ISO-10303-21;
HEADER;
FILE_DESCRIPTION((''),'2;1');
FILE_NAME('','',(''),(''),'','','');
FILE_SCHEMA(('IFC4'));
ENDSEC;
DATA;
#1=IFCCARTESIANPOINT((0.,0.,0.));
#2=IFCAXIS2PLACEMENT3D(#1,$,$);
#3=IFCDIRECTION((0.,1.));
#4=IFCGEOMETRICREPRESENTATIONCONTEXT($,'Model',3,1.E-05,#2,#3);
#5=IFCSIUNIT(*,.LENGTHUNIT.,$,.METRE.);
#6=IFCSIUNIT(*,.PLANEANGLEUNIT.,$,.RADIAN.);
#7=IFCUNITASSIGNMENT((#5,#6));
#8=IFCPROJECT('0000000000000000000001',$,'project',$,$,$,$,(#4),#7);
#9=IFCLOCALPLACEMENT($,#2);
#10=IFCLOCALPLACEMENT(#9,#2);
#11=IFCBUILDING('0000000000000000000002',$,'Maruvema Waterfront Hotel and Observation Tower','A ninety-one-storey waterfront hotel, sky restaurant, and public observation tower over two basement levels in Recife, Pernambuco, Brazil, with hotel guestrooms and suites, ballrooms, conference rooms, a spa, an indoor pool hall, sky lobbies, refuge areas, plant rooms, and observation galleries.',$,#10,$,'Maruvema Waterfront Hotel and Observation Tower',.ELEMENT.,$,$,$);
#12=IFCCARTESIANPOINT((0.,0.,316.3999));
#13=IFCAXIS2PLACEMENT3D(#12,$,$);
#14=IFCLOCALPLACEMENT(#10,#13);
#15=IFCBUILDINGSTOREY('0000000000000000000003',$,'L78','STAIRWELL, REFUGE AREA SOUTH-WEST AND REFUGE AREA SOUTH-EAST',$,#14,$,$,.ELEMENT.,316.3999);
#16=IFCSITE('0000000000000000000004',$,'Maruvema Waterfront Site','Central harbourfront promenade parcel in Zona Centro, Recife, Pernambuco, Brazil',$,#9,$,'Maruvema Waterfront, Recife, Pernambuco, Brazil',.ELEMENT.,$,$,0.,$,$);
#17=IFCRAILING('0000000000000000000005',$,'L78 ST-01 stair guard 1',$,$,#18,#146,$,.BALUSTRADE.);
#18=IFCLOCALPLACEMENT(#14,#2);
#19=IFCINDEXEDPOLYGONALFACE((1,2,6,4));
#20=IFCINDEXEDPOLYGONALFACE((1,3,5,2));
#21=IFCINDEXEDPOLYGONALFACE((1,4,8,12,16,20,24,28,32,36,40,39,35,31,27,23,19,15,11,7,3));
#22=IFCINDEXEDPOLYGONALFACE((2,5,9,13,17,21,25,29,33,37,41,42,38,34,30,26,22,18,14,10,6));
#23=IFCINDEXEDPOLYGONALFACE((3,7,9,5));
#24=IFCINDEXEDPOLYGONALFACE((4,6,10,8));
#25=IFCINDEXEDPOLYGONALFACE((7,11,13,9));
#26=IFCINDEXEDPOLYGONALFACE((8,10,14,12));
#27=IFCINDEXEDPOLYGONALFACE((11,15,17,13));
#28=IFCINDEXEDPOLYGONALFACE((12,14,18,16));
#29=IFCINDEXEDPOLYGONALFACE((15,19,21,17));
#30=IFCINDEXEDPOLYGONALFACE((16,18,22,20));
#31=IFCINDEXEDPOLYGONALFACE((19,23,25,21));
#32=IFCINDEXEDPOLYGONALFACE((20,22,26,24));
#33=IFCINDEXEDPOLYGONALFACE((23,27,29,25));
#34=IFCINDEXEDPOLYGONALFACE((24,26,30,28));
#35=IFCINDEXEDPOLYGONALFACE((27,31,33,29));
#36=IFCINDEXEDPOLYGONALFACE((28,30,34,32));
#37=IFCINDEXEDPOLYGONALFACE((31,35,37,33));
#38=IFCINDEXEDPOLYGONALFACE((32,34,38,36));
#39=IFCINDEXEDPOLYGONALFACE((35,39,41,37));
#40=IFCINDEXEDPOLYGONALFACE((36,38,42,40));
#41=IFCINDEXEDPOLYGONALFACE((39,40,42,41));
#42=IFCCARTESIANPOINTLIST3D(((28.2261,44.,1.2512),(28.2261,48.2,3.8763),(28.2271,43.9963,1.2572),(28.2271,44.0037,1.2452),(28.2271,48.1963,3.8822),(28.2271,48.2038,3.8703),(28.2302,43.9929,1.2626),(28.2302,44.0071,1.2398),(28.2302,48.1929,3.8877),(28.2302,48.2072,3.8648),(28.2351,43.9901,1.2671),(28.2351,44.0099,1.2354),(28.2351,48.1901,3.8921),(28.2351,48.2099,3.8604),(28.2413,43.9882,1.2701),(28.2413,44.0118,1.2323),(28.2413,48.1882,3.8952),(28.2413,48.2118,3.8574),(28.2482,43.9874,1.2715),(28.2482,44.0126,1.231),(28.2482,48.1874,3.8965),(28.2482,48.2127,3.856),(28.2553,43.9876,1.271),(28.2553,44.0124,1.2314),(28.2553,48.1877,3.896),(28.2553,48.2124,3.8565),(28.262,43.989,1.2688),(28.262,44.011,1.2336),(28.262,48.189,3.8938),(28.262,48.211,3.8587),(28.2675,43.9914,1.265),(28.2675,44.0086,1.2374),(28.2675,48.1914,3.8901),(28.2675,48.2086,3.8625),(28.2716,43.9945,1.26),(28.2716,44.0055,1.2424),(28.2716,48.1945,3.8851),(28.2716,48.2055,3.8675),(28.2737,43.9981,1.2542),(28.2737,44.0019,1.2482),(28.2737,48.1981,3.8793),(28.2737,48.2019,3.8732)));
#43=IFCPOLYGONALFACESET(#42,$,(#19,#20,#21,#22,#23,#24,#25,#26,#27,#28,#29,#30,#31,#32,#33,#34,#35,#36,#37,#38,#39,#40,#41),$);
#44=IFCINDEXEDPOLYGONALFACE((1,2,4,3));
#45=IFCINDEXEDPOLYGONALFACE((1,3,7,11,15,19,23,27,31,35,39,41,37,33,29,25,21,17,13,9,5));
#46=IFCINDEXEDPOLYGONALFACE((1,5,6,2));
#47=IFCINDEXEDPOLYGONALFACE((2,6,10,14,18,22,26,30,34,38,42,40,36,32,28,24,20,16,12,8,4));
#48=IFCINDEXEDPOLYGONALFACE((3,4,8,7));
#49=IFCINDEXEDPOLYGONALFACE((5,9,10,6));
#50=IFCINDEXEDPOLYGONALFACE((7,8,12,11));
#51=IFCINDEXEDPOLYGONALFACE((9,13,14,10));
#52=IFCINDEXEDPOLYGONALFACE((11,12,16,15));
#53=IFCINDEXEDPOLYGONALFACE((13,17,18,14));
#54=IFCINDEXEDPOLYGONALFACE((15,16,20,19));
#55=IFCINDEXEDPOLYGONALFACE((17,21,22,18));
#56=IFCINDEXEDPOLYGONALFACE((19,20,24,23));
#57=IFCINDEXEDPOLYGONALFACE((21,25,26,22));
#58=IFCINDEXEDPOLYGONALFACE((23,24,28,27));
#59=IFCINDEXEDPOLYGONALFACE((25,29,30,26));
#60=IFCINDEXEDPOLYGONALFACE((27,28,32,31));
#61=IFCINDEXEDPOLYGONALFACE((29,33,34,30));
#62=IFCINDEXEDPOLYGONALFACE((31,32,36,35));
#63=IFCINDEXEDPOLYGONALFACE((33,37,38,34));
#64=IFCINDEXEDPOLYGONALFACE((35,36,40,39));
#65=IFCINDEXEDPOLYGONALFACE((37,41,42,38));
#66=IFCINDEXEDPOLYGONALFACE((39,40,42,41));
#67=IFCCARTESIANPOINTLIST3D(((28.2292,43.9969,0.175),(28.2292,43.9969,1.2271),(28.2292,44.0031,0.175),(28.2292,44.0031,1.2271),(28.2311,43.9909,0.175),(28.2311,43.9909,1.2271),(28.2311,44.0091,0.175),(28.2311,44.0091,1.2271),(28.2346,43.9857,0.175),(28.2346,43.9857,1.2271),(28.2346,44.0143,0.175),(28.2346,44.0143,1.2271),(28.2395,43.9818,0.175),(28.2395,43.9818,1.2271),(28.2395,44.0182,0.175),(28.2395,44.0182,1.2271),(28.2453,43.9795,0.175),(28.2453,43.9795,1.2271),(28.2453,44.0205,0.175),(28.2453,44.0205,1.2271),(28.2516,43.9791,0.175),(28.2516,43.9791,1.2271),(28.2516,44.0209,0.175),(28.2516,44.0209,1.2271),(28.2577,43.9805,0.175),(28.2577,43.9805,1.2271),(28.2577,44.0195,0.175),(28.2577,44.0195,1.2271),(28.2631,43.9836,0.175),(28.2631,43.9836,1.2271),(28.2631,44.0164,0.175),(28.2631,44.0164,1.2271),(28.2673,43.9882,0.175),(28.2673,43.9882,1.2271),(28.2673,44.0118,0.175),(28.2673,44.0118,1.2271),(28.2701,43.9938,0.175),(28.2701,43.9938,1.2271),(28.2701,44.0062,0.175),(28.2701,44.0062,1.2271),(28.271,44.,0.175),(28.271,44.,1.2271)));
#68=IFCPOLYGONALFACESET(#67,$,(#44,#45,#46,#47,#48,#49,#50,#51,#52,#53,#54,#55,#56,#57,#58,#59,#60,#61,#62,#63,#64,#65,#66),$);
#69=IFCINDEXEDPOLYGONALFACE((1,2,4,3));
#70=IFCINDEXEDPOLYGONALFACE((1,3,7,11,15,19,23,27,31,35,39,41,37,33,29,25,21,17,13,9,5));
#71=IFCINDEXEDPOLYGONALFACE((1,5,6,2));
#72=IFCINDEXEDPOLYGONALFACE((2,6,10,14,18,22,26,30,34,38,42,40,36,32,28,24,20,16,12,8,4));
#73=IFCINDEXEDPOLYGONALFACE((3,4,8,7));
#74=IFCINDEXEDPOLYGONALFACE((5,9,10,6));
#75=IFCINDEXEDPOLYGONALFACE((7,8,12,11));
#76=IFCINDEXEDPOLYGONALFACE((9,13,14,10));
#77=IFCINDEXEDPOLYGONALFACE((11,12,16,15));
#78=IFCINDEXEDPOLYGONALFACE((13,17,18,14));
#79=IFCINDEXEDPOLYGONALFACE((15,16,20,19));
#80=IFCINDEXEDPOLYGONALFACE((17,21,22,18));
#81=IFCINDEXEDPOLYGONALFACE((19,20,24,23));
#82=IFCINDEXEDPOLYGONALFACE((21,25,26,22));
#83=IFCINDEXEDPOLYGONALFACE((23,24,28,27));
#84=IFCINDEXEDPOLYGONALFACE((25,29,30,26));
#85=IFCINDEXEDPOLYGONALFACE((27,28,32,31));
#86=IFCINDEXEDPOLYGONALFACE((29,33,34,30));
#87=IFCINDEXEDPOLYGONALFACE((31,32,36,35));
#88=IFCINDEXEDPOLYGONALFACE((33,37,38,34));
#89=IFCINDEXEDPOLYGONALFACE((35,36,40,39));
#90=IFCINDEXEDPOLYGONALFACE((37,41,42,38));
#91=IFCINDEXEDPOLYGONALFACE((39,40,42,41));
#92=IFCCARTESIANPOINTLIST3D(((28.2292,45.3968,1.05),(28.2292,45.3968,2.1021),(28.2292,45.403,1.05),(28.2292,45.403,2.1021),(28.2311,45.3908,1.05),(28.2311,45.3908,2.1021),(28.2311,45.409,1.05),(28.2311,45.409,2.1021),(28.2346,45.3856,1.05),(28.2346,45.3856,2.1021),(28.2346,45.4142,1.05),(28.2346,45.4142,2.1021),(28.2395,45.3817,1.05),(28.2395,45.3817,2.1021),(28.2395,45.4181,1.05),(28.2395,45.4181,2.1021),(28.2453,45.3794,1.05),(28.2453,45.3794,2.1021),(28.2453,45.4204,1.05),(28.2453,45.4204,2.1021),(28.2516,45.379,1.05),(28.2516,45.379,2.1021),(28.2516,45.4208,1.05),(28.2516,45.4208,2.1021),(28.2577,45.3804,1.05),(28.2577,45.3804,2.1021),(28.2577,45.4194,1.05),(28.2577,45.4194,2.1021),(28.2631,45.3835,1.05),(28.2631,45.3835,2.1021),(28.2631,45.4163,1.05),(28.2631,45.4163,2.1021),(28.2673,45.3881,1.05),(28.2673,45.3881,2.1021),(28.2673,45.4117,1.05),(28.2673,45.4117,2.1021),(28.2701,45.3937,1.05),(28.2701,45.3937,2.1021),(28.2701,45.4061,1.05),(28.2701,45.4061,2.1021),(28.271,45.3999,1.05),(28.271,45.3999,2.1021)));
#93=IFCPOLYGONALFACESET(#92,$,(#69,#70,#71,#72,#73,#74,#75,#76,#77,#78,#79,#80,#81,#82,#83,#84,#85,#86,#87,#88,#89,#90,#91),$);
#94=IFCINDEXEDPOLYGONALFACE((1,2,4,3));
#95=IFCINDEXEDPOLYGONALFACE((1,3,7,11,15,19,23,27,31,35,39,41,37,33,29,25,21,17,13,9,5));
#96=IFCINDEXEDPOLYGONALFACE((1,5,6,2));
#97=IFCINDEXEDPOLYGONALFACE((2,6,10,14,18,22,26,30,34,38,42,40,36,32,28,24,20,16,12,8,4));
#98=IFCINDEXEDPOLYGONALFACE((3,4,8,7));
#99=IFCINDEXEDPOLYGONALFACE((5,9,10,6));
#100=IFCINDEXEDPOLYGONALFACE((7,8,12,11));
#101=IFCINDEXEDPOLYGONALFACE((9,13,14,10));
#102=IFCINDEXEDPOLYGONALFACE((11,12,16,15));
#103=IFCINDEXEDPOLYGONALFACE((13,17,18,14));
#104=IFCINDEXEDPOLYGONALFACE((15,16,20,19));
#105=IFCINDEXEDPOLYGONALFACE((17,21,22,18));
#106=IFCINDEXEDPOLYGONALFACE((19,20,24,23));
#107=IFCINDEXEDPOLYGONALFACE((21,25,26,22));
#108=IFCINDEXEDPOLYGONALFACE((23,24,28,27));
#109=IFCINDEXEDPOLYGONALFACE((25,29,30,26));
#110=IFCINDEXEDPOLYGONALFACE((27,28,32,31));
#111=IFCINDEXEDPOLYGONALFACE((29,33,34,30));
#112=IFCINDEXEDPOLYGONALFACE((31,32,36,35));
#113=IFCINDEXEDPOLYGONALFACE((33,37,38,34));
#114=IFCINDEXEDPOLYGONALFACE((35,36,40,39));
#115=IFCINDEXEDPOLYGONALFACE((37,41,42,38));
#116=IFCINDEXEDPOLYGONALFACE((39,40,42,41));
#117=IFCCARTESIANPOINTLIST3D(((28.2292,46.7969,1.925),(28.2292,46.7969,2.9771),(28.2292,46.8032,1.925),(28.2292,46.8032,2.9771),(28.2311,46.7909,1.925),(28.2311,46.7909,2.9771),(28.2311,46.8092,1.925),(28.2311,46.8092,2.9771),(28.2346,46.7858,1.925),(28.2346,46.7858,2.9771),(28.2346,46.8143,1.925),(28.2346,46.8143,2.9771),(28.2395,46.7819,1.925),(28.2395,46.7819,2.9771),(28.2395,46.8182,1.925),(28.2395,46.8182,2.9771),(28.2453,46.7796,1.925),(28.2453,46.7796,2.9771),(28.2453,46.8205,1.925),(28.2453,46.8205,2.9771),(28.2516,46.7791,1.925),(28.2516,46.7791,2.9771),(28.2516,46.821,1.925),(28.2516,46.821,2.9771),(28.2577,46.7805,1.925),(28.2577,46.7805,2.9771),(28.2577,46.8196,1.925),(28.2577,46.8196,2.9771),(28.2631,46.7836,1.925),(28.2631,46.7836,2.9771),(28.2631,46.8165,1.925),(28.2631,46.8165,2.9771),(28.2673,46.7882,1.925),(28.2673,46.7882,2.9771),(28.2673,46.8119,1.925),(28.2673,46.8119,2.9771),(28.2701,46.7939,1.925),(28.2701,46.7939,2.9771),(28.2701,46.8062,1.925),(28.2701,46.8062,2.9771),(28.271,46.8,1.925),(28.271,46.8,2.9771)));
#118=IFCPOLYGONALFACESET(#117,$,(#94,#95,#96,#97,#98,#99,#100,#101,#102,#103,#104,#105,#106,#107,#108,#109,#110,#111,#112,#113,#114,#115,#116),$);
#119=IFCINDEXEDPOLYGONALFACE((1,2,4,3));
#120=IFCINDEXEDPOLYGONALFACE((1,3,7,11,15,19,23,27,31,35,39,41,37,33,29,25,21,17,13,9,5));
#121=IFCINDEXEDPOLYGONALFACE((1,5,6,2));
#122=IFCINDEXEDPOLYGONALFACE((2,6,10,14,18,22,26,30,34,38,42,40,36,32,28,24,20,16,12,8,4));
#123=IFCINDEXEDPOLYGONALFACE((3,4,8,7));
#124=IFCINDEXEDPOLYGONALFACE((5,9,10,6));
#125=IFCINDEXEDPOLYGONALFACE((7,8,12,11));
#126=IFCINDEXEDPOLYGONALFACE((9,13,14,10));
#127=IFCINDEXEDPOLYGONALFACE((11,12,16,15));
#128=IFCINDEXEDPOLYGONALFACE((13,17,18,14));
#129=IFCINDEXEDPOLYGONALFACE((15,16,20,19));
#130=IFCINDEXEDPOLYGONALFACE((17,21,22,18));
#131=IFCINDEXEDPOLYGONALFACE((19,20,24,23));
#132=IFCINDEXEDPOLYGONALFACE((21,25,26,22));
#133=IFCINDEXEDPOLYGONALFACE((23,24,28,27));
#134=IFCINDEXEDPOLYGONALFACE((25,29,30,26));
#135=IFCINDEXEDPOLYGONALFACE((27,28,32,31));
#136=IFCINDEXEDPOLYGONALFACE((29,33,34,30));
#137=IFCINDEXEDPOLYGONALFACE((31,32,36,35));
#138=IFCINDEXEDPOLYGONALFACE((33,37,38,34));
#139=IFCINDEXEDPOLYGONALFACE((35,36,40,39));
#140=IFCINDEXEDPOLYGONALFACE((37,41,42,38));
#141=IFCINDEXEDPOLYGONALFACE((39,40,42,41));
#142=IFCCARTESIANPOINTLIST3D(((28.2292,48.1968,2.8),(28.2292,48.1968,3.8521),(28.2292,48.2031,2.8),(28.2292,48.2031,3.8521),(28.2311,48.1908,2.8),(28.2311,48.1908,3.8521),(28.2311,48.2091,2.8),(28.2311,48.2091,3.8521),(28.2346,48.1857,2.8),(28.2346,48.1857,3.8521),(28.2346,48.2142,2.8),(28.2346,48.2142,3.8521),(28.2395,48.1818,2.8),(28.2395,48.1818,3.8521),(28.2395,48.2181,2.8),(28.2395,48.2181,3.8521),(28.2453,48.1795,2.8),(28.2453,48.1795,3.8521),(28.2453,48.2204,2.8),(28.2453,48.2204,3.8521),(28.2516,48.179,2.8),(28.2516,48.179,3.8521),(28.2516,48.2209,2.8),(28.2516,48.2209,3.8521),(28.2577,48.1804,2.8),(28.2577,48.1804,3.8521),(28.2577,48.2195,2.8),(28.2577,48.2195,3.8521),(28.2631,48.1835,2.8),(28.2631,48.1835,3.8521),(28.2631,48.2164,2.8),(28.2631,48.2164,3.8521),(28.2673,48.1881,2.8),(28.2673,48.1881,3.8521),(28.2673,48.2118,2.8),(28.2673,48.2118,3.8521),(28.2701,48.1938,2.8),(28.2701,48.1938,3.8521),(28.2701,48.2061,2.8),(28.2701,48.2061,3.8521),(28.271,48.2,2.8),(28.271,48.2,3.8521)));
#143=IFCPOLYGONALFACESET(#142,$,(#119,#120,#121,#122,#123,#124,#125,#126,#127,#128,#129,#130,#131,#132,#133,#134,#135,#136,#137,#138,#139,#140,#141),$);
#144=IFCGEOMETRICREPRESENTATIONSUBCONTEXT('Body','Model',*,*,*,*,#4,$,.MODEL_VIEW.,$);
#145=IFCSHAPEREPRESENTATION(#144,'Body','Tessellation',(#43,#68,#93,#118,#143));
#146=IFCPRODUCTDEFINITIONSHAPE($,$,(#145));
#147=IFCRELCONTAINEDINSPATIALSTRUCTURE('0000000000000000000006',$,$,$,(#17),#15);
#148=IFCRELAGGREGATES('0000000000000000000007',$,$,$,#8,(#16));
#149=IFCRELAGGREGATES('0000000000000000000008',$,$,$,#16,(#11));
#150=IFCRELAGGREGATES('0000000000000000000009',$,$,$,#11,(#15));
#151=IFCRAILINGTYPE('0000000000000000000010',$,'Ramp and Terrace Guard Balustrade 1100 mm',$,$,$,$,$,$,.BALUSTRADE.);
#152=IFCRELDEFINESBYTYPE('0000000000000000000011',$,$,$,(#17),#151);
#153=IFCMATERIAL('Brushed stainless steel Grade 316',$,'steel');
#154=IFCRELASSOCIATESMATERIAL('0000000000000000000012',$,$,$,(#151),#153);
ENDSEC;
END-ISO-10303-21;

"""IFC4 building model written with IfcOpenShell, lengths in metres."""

from ifc_helpers import new_model, si_unit, direction, frame, origin, origin_2d, place, context, subcontext, project, spatial, circle, extrude, material, type_object, element, save


model = new_model("IFC4")

# Units and contexts
model_context = context("Model", 3, precision=1e-05, world=origin(), true_north=direction((0.0, 1.0)))
body_context = subcontext(model_context, "Body", "Model", "MODEL_VIEW")
ifc_project = project(units=[si_unit("LENGTHUNIT", "METRE"), si_unit("PLANEANGLEUNIT", "RADIAN")], contexts=[model_context])

# Site, building, storey
site_placement = place(None, origin())
site = spatial("IfcSite", under=ifc_project, at=site_placement, Name="Maruvema Waterfront Site", Description="Central harbourfront promenade parcel in Zona Centro, Recife, Pernambuco, Brazil", LongName="Maruvema Waterfront, Recife, Pernambuco, Brazil", CompositionType="ELEMENT", RefElevation=0.0)
building_placement = place(site_placement, origin())
building = spatial("IfcBuilding", under=site, at=building_placement, Name="Maruvema Waterfront Hotel and Observation Tower", Description="A ninety-one-storey waterfront hotel, sky restaurant, and public observation tower over two basement levels in Recife, Pernambuco, Brazil, with hotel guestrooms and suites, ballrooms, conference rooms, a spa, an indoor pool hall, sky lobbies, refuge areas, plant rooms, and observation galleries.", LongName="Maruvema Waterfront Hotel and Observation Tower", CompositionType="ELEMENT")
storey_placement = place(building_placement, frame((0.0, 0.0, 316.3999)))
storey = spatial("IfcBuildingStorey", under=building, at=storey_placement, Name="L78", Description="STAIRWELL, REFUGE AREA SOUTH-WEST AND REFUGE AREA SOUTH-EAST", CompositionType="ELEMENT", Elevation=316.3999)

# Railing
ifc_material_1 = material(Name="Brushed stainless steel Grade 316", Category="steel")
railing_type_1 = type_object("IfcRailingType", Name="Ramp and Terrace Guard Balustrade 1100 mm", PredefinedType="BALUSTRADE", material=ifc_material_1)
railing_1_placement = place(storey_placement, frame((28.25, 44.0, 0.175)))
element("IfcRailing", 1, at=railing_1_placement, inside=storey, type_object=railing_type_1, Name="L78 ST-01 stair guard 1", PredefinedType="BALUSTRADE", context=body_context, shape_type="SweptSolid", body=[
    extrude(circle(Radius=0.0239, at=origin_2d()), frame((0.0, 0.0, 1.0762), z_axis=(0.0, 0.847996, 0.530003), x_axis=(-1.0, 0.0, 0.0)), (0.0, 0.0, 1.0), 4.9529),
    extrude(circle(Radius=0.021, at=origin_2d()), origin(), (0.0, 0.0, 1.0), 1.052),
    extrude(circle(Radius=0.021, at=origin_2d()), frame((0.0, 1.3999, 0.875)), (0.0, 0.0, 1.0), 1.052),
    extrude(circle(Radius=0.021, at=origin_2d()), frame((0.0, 2.8, 1.75)), (0.0, 0.0, 1.0), 1.052),
    extrude(circle(Radius=0.021, at=origin_2d()), frame((0.0, 4.2, 2.625)), (0.0, 0.0, 1.0), 1.052),
])

save(model, "model.ifc")
